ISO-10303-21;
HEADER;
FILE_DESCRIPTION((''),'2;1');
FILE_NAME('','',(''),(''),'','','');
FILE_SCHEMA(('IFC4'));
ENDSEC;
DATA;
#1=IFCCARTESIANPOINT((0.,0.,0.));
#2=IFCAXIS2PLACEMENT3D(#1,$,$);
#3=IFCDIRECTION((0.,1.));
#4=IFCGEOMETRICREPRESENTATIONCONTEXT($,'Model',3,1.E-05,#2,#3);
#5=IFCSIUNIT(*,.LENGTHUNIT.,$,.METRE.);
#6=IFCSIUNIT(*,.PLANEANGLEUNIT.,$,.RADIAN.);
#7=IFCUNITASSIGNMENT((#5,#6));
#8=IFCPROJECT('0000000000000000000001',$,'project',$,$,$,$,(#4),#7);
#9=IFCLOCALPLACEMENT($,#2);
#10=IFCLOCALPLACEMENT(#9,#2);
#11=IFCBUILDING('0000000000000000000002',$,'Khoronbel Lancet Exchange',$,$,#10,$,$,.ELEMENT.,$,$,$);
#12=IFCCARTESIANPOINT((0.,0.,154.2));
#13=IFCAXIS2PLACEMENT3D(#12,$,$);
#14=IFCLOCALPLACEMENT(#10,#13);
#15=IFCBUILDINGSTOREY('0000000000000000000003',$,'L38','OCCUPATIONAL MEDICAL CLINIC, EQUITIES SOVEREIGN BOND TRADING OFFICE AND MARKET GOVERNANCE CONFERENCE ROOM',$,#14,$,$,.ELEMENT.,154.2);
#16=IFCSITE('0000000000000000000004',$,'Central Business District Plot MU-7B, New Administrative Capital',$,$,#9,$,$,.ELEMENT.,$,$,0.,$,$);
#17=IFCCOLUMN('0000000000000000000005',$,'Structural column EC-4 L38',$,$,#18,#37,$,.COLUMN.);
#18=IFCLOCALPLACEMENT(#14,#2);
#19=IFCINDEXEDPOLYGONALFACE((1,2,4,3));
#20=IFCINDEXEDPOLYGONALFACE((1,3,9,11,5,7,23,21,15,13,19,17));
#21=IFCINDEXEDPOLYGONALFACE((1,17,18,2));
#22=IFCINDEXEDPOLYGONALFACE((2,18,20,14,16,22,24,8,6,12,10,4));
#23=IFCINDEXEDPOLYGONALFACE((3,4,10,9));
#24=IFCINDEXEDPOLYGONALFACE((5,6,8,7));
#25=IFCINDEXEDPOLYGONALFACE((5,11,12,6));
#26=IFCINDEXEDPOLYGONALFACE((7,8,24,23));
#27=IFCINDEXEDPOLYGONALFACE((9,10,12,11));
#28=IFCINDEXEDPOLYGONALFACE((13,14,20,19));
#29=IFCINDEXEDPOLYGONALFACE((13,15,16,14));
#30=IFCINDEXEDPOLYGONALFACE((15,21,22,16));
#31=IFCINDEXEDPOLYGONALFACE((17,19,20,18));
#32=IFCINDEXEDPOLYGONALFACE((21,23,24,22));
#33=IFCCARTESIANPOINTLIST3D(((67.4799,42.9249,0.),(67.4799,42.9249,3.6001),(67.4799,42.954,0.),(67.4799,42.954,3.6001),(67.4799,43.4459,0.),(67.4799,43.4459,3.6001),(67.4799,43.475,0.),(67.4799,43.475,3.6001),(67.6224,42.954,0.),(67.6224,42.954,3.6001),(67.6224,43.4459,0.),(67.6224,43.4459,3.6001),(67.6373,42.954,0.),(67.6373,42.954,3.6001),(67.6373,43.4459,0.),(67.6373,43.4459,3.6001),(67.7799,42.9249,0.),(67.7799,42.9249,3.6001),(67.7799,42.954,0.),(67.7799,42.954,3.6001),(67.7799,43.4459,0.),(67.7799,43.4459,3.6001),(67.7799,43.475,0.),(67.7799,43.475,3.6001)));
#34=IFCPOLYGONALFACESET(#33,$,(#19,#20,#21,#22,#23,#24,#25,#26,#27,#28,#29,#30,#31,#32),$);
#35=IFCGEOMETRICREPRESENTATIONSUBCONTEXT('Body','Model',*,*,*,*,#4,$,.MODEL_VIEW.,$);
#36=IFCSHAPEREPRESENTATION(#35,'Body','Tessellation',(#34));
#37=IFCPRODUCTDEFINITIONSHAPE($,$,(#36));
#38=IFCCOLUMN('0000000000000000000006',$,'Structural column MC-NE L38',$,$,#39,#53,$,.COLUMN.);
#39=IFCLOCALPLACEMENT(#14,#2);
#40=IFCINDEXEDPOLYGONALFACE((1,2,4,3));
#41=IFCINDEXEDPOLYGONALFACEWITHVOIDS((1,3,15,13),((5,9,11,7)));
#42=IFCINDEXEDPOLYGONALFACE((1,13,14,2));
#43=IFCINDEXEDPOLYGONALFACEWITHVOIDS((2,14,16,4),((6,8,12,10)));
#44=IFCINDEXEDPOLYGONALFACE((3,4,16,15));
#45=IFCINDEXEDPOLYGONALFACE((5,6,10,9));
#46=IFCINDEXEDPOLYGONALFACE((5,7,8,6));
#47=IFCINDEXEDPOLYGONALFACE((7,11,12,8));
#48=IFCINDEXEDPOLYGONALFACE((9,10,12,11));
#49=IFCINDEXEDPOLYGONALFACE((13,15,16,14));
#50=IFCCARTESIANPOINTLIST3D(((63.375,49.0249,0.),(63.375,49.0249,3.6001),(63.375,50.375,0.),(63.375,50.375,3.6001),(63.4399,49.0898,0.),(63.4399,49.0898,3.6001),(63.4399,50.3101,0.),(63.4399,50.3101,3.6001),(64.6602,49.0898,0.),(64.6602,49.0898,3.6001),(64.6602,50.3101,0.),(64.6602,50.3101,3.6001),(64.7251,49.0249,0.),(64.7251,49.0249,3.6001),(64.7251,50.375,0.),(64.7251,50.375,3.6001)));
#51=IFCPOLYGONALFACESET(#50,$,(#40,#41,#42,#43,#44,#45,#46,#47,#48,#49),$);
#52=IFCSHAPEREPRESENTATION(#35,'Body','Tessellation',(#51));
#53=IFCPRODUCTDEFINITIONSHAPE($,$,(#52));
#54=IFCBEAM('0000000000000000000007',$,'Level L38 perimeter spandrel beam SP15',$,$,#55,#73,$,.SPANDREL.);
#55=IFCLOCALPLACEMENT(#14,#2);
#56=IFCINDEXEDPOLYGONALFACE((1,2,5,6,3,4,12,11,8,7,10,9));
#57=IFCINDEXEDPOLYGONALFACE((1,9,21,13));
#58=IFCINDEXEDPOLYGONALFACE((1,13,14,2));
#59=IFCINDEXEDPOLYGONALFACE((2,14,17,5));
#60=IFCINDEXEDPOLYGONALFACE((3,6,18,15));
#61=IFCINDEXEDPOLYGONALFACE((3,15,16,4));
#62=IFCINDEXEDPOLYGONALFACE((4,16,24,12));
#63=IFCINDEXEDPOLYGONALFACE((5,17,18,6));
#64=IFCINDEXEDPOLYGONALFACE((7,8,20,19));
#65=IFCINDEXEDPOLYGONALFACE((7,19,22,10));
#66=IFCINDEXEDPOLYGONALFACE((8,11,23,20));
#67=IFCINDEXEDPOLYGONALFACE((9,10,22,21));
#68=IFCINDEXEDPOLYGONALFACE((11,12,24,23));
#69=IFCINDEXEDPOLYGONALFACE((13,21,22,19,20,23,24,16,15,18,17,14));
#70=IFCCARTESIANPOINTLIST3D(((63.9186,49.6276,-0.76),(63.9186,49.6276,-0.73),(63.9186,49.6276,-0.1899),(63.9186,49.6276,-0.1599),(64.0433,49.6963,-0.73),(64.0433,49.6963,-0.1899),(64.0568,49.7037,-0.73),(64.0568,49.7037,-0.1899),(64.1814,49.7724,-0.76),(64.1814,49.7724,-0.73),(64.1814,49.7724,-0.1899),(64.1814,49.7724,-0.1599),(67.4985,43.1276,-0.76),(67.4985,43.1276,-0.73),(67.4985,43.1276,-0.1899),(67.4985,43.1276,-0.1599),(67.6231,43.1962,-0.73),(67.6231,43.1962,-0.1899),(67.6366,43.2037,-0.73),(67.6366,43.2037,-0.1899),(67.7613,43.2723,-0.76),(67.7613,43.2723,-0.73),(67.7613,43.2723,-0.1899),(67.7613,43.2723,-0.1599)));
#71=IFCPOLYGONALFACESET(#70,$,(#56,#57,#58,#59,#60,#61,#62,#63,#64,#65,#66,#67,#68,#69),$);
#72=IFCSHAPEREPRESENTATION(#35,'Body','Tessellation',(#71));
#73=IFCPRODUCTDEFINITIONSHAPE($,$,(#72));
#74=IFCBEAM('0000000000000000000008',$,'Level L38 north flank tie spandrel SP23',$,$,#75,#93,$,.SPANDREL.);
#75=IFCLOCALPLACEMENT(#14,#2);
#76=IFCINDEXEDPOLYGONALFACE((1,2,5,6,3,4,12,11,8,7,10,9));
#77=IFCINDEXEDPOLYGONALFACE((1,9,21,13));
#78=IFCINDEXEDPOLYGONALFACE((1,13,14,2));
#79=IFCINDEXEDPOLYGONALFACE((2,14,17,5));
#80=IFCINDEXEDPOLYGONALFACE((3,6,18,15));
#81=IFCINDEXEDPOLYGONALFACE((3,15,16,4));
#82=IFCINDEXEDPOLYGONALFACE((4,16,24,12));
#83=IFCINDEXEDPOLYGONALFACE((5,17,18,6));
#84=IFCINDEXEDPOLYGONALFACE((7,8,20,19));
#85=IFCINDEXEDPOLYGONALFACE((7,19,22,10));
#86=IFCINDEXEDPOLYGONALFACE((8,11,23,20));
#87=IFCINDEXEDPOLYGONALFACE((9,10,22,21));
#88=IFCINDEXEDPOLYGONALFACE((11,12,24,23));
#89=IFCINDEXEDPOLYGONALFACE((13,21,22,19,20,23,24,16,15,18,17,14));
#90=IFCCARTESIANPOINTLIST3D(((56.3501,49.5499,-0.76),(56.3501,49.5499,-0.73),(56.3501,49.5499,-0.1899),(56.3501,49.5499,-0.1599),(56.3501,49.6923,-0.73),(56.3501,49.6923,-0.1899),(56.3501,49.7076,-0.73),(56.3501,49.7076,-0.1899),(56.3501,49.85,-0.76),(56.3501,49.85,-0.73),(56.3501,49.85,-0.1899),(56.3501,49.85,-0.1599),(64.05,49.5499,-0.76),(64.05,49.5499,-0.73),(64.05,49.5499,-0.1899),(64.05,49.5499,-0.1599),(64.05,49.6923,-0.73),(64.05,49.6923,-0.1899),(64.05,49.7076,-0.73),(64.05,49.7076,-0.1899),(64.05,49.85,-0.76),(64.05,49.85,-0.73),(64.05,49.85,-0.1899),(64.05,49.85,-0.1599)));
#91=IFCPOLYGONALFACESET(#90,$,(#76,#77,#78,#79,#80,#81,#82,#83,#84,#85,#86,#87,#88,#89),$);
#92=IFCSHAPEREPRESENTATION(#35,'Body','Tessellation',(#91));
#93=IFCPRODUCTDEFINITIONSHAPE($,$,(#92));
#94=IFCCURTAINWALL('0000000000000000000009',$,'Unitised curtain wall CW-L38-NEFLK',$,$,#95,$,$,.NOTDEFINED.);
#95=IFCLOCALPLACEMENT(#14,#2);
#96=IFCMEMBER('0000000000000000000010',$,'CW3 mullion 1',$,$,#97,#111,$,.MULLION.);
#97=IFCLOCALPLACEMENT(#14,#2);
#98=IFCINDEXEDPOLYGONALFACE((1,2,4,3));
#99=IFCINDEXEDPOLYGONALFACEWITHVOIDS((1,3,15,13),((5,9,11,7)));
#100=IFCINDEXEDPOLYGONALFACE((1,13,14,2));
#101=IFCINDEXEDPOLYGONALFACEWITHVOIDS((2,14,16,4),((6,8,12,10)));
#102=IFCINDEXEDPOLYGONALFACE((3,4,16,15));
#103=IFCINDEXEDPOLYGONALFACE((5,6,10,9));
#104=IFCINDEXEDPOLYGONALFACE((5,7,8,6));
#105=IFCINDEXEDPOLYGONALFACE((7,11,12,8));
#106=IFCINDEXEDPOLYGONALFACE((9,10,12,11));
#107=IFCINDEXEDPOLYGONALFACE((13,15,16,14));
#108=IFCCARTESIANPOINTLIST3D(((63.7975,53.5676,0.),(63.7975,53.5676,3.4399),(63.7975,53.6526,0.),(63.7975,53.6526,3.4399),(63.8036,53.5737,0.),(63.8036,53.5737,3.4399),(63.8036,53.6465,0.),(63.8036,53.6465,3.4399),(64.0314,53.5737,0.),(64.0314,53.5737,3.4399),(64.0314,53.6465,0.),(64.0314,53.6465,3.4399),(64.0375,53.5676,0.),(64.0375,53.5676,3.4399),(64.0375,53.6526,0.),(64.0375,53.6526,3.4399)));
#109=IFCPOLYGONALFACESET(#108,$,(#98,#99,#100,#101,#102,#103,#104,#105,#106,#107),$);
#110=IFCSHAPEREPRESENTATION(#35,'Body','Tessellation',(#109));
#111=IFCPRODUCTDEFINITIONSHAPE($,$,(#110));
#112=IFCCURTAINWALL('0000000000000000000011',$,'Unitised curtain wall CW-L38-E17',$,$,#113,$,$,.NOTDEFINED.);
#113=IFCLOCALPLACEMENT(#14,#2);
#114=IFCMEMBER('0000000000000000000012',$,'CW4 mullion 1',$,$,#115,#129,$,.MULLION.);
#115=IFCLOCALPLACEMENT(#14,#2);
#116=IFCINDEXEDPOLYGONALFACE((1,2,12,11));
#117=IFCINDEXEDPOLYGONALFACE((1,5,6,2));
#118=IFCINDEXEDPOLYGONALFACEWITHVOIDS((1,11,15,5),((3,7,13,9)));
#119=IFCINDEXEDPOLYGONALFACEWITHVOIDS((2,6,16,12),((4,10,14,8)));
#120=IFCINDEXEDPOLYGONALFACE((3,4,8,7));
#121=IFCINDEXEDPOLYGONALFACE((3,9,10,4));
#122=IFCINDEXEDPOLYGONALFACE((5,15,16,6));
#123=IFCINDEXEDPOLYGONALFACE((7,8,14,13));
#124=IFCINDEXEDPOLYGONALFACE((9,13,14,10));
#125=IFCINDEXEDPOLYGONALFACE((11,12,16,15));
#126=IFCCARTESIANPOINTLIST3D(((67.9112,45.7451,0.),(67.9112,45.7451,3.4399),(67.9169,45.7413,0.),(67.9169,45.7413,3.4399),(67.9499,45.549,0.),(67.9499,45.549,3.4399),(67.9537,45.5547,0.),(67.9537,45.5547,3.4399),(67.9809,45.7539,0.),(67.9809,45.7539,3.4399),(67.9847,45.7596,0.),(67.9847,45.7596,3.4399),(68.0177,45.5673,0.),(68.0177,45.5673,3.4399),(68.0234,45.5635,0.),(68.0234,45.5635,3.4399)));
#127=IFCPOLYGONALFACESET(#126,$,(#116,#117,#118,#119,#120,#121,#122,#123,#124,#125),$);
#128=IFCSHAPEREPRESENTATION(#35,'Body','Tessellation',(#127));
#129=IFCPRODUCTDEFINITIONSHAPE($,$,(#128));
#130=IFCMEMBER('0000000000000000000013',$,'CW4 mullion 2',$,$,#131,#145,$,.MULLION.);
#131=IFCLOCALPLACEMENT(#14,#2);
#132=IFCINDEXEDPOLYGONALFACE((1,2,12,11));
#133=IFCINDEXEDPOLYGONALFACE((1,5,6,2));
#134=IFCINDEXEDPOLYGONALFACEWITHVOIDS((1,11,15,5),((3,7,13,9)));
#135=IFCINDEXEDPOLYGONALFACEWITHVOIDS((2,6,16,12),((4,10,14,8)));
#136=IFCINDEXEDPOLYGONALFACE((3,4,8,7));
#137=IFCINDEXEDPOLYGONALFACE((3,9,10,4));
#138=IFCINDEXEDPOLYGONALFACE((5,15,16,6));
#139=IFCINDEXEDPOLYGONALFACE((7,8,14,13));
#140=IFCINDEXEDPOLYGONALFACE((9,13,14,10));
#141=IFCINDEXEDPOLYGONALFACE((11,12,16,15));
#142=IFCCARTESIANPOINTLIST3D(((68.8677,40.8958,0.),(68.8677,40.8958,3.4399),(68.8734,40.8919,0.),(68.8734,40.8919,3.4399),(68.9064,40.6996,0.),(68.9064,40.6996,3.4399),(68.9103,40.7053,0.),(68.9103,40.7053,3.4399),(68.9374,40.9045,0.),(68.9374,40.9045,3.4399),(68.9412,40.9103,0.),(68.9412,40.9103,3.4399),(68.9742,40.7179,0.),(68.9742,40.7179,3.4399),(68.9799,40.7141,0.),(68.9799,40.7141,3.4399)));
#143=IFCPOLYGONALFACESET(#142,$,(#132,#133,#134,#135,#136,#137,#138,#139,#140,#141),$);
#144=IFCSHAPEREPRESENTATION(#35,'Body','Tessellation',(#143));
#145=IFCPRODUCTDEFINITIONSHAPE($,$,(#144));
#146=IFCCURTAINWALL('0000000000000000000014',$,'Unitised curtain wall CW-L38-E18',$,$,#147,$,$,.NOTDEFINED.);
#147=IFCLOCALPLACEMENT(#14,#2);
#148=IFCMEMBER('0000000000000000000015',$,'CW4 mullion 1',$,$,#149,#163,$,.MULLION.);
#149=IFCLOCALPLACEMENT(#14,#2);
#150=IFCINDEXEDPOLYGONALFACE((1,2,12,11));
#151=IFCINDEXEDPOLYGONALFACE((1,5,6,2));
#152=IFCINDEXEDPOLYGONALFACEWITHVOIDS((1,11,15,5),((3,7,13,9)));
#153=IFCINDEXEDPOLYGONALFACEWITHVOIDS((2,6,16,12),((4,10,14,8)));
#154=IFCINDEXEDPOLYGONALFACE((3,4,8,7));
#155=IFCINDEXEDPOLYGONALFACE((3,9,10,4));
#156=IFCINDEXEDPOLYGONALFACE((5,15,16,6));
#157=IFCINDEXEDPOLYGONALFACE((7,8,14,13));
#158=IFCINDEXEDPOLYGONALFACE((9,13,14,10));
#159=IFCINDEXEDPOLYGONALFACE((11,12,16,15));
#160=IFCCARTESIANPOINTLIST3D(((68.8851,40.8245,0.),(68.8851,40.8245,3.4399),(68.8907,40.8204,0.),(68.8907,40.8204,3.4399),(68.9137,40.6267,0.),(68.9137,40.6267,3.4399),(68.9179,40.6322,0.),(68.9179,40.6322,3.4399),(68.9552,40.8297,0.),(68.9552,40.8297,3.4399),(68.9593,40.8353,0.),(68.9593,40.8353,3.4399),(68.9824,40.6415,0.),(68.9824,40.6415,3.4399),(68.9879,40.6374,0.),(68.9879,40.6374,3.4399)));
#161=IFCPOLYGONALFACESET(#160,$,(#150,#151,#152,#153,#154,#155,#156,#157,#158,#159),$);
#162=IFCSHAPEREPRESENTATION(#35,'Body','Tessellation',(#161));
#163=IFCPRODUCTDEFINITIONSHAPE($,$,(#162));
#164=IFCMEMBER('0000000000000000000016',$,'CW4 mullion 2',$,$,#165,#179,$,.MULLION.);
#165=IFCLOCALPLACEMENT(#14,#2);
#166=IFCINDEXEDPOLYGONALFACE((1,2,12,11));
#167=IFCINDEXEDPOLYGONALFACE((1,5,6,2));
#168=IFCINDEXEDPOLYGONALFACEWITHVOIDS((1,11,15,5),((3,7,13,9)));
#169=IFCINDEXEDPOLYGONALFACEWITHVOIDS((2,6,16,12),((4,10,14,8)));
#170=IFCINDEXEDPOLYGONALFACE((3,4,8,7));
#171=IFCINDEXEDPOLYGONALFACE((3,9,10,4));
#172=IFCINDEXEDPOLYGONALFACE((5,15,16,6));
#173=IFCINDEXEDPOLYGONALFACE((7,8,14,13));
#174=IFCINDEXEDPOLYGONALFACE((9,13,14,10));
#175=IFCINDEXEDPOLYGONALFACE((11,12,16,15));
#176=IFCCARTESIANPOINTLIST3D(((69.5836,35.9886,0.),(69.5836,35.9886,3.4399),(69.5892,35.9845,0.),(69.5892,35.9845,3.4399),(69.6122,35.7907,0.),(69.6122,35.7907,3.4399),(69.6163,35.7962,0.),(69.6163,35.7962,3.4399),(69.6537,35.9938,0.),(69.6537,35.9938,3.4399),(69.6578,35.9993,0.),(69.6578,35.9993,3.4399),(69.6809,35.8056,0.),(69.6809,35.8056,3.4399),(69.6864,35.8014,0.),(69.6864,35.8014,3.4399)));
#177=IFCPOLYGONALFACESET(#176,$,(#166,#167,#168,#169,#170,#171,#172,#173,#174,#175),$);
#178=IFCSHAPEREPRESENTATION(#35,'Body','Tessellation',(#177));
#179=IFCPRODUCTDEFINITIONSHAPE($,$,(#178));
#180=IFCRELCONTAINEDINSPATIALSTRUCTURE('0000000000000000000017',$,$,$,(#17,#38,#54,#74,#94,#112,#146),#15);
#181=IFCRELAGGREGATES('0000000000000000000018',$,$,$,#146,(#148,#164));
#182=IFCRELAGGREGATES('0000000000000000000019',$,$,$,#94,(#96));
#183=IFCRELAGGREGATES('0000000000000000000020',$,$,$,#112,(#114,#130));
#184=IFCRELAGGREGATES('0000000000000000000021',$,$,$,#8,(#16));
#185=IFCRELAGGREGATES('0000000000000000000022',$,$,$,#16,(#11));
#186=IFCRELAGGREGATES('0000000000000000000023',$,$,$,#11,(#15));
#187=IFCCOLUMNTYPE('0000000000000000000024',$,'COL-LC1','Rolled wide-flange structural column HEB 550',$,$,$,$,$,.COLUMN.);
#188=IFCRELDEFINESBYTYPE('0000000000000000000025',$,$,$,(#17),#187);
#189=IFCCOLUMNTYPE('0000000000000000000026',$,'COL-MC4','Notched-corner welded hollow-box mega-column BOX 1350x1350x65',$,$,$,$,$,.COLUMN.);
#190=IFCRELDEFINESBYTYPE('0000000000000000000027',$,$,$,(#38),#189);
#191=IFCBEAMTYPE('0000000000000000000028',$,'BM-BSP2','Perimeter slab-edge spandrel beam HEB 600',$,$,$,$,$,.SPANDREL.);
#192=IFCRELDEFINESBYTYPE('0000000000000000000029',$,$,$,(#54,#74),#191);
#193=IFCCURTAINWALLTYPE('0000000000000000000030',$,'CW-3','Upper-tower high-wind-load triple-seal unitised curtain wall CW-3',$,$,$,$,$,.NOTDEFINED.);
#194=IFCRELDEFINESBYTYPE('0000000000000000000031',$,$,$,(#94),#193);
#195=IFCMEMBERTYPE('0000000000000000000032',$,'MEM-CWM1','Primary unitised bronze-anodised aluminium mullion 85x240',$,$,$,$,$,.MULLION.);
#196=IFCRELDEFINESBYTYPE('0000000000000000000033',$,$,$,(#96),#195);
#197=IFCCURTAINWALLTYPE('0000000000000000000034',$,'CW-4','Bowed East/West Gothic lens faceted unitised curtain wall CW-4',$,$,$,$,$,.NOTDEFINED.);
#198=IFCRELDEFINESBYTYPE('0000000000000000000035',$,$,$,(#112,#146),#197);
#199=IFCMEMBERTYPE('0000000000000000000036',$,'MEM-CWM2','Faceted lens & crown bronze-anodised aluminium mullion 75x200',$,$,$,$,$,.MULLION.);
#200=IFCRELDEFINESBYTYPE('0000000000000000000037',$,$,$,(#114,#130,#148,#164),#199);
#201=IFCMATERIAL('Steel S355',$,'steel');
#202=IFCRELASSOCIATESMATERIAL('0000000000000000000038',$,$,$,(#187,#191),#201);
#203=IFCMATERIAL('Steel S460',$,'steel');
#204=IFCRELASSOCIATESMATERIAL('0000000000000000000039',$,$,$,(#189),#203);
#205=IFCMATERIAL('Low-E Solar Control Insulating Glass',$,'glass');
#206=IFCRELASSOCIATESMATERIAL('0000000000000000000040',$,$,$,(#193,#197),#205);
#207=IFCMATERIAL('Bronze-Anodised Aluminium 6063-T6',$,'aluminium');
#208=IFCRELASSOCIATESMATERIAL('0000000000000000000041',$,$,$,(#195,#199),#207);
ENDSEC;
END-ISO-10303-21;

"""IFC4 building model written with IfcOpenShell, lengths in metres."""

from ifc_helpers import new_model, si_unit, direction, frame, origin, origin_2d, place, context, subcontext, project, spatial, hollow_rectangle, i_section, extrude, material, material_profile, profile_set, type_object, element, aggregate, save


model = new_model("IFC4")

# Units and contexts
model_context = context("Model", 3, precision=1e-05, world=origin(), true_north=direction((0.0, 1.0)))
body_context = subcontext(model_context, "Body", "Model", "MODEL_VIEW")
ifc_project = project(units=[si_unit("LENGTHUNIT", "METRE"), si_unit("PLANEANGLEUNIT", "RADIAN")], contexts=[model_context])

# Site, building, storey
site_placement = place(None, origin())
site = spatial("IfcSite", under=ifc_project, at=site_placement, Name="Central Business District Plot MU-7B, New Administrative Capital", CompositionType="ELEMENT", RefElevation=0.0)
building_placement = place(site_placement, origin())
building = spatial("IfcBuilding", under=site, at=building_placement, Name="Khoronbel Lancet Exchange", CompositionType="ELEMENT")
storey_placement = place(building_placement, frame((0.0, 0.0, 154.2)))
storey = spatial("IfcBuildingStorey", under=building, at=storey_placement, Name="L38", Description="OCCUPATIONAL MEDICAL CLINIC, EQUITIES SOVEREIGN BOND TRADING OFFICE AND MARKET GOVERNANCE CONFERENCE ROOM", CompositionType="ELEMENT", Elevation=154.2)

# Columns
ifc_material_1 = material(Name="Steel S355", Category="steel")
ifc_material_profile_1 = material_profile(ifc_material_1, i_section(OverallWidth=0.3, OverallDepth=0.55, WebThickness=0.0149, FlangeThickness=0.0291, at=origin_2d()), Name="HEB 550")
ifc_profile_set_1 = profile_set([ifc_material_profile_1], Name="Steel S355")
column_type_1 = type_object("IfcColumnType", Name="COL-LC1", Description="Rolled wide-flange structural column HEB 550", PredefinedType="COLUMN", material=ifc_profile_set_1)
column_1_placement = place(storey_placement, frame((67.6299, 43.2, 0.0), z_axis=(0.0, 0.0, 1.0), x_axis=(1.0, 0.0, 0.0)))
element("IfcColumn", 1, at=column_1_placement, inside=storey, type_object=column_type_1, Name="Structural column EC-4 L38", PredefinedType="COLUMN", context=body_context, shape_type="SweptSolid", body=[
    extrude(i_section(OverallWidth=0.3, OverallDepth=0.55, WebThickness=0.0149, FlangeThickness=0.0291, at=origin_2d()), origin(), (0.0, 0.0, 1.0), 3.6001),
])
ifc_material_2 = material(Name="Steel S460", Category="steel")
ifc_material_profile_2 = material_profile(ifc_material_2, hollow_rectangle(XDim=1.3501, YDim=1.3501, WallThickness=0.0649, at=origin_2d()), Name="BOX 1350x1350x65")
ifc_profile_set_2 = profile_set([ifc_material_profile_2], Name="Steel S460")
column_type_2 = type_object("IfcColumnType", Name="COL-MC4", Description="Notched-corner welded hollow-box mega-column BOX 1350x1350x65", PredefinedType="COLUMN", material=ifc_profile_set_2)
column_2_placement = place(storey_placement, frame((64.05, 49.7, 0.0), z_axis=(0.0, 0.0, 1.0), x_axis=(1.0, 0.0, 0.0)))
element("IfcColumn", 2, at=column_2_placement, inside=storey, type_object=column_type_2, Name="Structural column MC-NE L38", PredefinedType="COLUMN", context=body_context, shape_type="SweptSolid", body=[
    extrude(hollow_rectangle(XDim=1.3501, YDim=1.3501, WallThickness=0.0649, at=origin_2d()), origin(), (0.0, 0.0, 1.0), 3.6001),
])

# Beams
ifc_material_profile_3 = material_profile(ifc_material_1, i_section(OverallWidth=0.3, OverallDepth=0.6001, WebThickness=0.0154, FlangeThickness=0.03, at=origin_2d()), Name="HEB 600")
ifc_profile_set_3 = profile_set([ifc_material_profile_3], Name="Steel S355")
beam_type = type_object("IfcBeamType", Name="BM-BSP2", Description="Perimeter slab-edge spandrel beam HEB 600", PredefinedType="SPANDREL", material=ifc_profile_set_3)
beam_1_placement = place(storey_placement, frame((67.6299, 43.2, -0.46), z_axis=(-0.482419, 0.875941, 0.0), x_axis=(-0.875941, -0.482419, 0.0)))
element("IfcBeam", 3, at=beam_1_placement, inside=storey, type_object=beam_type, Name="Level L38 perimeter spandrel beam SP15", PredefinedType="SPANDREL", context=body_context, shape_type="SweptSolid", body=[
    extrude(i_section(OverallWidth=0.3, OverallDepth=0.6001, WebThickness=0.0154, FlangeThickness=0.03, at=origin_2d()), origin(), (0.0, 0.0, 1.0), 7.4207),
])
beam_2_placement = place(storey_placement, frame((64.05, 49.7, -0.46), z_axis=(-1.0, 0.0, 0.0), x_axis=(0.0, -1.0, 0.0)))
element("IfcBeam", 4, at=beam_2_placement, inside=storey, type_object=beam_type, Name="Level L38 north flank tie spandrel SP23", PredefinedType="SPANDREL", context=body_context, shape_type="SweptSolid", body=[
    extrude(i_section(OverallWidth=0.3, OverallDepth=0.6001, WebThickness=0.0154, FlangeThickness=0.03, at=origin_2d()), origin(), (0.0, 0.0, 1.0), 7.7),
])

# Curtain wall, member
ifc_material_3 = material(Name="Low-E Solar Control Insulating Glass", Category="glass")
curtain_wall_type_1 = type_object("IfcCurtainWallType", Name="CW-3", Description="Upper-tower high-wind-load triple-seal unitised curtain wall CW-3", PredefinedType="NOTDEFINED", material=ifc_material_3)
curtain_wall_1_placement = place(storey_placement, origin())
curtain_wall_1 = element("IfcCurtainWall", 5, at=curtain_wall_1_placement, inside=storey, type_object=curtain_wall_type_1, Name="Unitised curtain wall CW-L38-NEFLK", PredefinedType="NOTDEFINED")
ifc_material_4 = material(Name="Bronze-Anodised Aluminium 6063-T6", Category="aluminium")
ifc_material_profile_4 = material_profile(ifc_material_4, hollow_rectangle(XDim=0.085, YDim=0.24, WallThickness=0.0061, at=origin_2d()), Name="ALU MULLION 85x240")
ifc_profile_set_4 = profile_set([ifc_material_profile_4], Name="Bronze-Anodised Aluminium 6063-T6")
member_type_1 = type_object("IfcMemberType", Name="MEM-CWM1", Description="Primary unitised bronze-anodised aluminium mullion 85x240", PredefinedType="MULLION", material=ifc_profile_set_4)
member_1_placement = place(storey_placement, frame((63.9175, 53.6101, 0.0), z_axis=(0.0, 0.0, 1.0), x_axis=(0.0, -1.0, 0.0)))
member_1 = element("IfcMember", 6, at=member_1_placement, type_object=member_type_1, Name="CW3 mullion 1", PredefinedType="MULLION", context=body_context, shape_type="SweptSolid", body=[
    extrude(hollow_rectangle(XDim=0.085, YDim=0.24, WallThickness=0.0061, at=origin_2d()), origin(), (0.0, 0.0, 1.0), 3.4399),
])

# Curtain walls, members
curtain_wall_type_2 = type_object("IfcCurtainWallType", Name="CW-4", Description="Bowed East/West Gothic lens faceted unitised curtain wall CW-4", PredefinedType="NOTDEFINED", material=ifc_material_3)
curtain_wall_2_placement = place(storey_placement, origin())
curtain_wall_2 = element("IfcCurtainWall", 7, at=curtain_wall_2_placement, inside=storey, type_object=curtain_wall_type_2, Name="Unitised curtain wall CW-L38-E17", PredefinedType="NOTDEFINED")
ifc_material_profile_5 = material_profile(ifc_material_4, hollow_rectangle(XDim=0.075, YDim=0.2, WallThickness=0.0049, at=origin_2d()), Name="ALU MULLION 75x200")
ifc_profile_set_5 = profile_set([ifc_material_profile_5], Name="Bronze-Anodised Aluminium 6063-T6")
member_type_2 = type_object("IfcMemberType", Name="MEM-CWM2", Description="Faceted lens & crown bronze-anodised aluminium mullion 75x200", PredefinedType="MULLION", material=ifc_profile_set_5)
member_2_placement = place(storey_placement, frame((67.9673, 45.6543, 0.0), z_axis=(0.0, 0.0, 1.0), x_axis=(0.981092, 0.193544, 0.0)))
member_2 = element("IfcMember", 8, at=member_2_placement, type_object=member_type_2, Name="CW4 mullion 1", PredefinedType="MULLION", context=body_context, shape_type="SweptSolid", body=[
    extrude(hollow_rectangle(XDim=0.075, YDim=0.2, WallThickness=0.0049, at=origin_2d()), origin(), (0.0, 0.0, 1.0), 3.4399),
])
member_3_placement = place(storey_placement, frame((68.9238, 40.8049, 0.0), z_axis=(0.0, 0.0, 1.0), x_axis=(0.981092, 0.193544, 0.0)))
member_3 = element("IfcMember", 9, at=member_3_placement, type_object=member_type_2, Name="CW4 mullion 2", PredefinedType="MULLION", context=body_context, shape_type="SweptSolid", body=[
    extrude(hollow_rectangle(XDim=0.075, YDim=0.2, WallThickness=0.0049, at=origin_2d()), origin(), (0.0, 0.0, 1.0), 3.4399),
])
curtain_wall_3_placement = place(storey_placement, origin())
curtain_wall_3 = element("IfcCurtainWall", 10, at=curtain_wall_3_placement, inside=storey, type_object=curtain_wall_type_2, Name="Unitised curtain wall CW-L38-E18", PredefinedType="NOTDEFINED")
member_4_placement = place(storey_placement, frame((68.9365, 40.731, 0.0), z_axis=(0.0, 0.0, 1.0), x_axis=(0.989733, 0.142931, 0.0)))
member_4 = element("IfcMember", 11, at=member_4_placement, type_object=member_type_2, Name="CW4 mullion 1", PredefinedType="MULLION", context=body_context, shape_type="SweptSolid", body=[
    extrude(hollow_rectangle(XDim=0.075, YDim=0.2, WallThickness=0.0049, at=origin_2d()), origin(), (0.0, 0.0, 1.0), 3.4399),
])
member_5_placement = place(storey_placement, frame((69.635, 35.895, 0.0), z_axis=(0.0, 0.0, 1.0), x_axis=(0.989733, 0.142931, 0.0)))
member_5 = element("IfcMember", 12, at=member_5_placement, type_object=member_type_2, Name="CW4 mullion 2", PredefinedType="MULLION", context=body_context, shape_type="SweptSolid", body=[
    extrude(hollow_rectangle(XDim=0.075, YDim=0.2, WallThickness=0.0049, at=origin_2d()), origin(), (0.0, 0.0, 1.0), 3.4399),
])

aggregate(curtain_wall_3, [member_4, member_5])
aggregate(curtain_wall_1, [member_1])
aggregate(curtain_wall_2, [member_2, member_3])

save(model, "model.ifc")
